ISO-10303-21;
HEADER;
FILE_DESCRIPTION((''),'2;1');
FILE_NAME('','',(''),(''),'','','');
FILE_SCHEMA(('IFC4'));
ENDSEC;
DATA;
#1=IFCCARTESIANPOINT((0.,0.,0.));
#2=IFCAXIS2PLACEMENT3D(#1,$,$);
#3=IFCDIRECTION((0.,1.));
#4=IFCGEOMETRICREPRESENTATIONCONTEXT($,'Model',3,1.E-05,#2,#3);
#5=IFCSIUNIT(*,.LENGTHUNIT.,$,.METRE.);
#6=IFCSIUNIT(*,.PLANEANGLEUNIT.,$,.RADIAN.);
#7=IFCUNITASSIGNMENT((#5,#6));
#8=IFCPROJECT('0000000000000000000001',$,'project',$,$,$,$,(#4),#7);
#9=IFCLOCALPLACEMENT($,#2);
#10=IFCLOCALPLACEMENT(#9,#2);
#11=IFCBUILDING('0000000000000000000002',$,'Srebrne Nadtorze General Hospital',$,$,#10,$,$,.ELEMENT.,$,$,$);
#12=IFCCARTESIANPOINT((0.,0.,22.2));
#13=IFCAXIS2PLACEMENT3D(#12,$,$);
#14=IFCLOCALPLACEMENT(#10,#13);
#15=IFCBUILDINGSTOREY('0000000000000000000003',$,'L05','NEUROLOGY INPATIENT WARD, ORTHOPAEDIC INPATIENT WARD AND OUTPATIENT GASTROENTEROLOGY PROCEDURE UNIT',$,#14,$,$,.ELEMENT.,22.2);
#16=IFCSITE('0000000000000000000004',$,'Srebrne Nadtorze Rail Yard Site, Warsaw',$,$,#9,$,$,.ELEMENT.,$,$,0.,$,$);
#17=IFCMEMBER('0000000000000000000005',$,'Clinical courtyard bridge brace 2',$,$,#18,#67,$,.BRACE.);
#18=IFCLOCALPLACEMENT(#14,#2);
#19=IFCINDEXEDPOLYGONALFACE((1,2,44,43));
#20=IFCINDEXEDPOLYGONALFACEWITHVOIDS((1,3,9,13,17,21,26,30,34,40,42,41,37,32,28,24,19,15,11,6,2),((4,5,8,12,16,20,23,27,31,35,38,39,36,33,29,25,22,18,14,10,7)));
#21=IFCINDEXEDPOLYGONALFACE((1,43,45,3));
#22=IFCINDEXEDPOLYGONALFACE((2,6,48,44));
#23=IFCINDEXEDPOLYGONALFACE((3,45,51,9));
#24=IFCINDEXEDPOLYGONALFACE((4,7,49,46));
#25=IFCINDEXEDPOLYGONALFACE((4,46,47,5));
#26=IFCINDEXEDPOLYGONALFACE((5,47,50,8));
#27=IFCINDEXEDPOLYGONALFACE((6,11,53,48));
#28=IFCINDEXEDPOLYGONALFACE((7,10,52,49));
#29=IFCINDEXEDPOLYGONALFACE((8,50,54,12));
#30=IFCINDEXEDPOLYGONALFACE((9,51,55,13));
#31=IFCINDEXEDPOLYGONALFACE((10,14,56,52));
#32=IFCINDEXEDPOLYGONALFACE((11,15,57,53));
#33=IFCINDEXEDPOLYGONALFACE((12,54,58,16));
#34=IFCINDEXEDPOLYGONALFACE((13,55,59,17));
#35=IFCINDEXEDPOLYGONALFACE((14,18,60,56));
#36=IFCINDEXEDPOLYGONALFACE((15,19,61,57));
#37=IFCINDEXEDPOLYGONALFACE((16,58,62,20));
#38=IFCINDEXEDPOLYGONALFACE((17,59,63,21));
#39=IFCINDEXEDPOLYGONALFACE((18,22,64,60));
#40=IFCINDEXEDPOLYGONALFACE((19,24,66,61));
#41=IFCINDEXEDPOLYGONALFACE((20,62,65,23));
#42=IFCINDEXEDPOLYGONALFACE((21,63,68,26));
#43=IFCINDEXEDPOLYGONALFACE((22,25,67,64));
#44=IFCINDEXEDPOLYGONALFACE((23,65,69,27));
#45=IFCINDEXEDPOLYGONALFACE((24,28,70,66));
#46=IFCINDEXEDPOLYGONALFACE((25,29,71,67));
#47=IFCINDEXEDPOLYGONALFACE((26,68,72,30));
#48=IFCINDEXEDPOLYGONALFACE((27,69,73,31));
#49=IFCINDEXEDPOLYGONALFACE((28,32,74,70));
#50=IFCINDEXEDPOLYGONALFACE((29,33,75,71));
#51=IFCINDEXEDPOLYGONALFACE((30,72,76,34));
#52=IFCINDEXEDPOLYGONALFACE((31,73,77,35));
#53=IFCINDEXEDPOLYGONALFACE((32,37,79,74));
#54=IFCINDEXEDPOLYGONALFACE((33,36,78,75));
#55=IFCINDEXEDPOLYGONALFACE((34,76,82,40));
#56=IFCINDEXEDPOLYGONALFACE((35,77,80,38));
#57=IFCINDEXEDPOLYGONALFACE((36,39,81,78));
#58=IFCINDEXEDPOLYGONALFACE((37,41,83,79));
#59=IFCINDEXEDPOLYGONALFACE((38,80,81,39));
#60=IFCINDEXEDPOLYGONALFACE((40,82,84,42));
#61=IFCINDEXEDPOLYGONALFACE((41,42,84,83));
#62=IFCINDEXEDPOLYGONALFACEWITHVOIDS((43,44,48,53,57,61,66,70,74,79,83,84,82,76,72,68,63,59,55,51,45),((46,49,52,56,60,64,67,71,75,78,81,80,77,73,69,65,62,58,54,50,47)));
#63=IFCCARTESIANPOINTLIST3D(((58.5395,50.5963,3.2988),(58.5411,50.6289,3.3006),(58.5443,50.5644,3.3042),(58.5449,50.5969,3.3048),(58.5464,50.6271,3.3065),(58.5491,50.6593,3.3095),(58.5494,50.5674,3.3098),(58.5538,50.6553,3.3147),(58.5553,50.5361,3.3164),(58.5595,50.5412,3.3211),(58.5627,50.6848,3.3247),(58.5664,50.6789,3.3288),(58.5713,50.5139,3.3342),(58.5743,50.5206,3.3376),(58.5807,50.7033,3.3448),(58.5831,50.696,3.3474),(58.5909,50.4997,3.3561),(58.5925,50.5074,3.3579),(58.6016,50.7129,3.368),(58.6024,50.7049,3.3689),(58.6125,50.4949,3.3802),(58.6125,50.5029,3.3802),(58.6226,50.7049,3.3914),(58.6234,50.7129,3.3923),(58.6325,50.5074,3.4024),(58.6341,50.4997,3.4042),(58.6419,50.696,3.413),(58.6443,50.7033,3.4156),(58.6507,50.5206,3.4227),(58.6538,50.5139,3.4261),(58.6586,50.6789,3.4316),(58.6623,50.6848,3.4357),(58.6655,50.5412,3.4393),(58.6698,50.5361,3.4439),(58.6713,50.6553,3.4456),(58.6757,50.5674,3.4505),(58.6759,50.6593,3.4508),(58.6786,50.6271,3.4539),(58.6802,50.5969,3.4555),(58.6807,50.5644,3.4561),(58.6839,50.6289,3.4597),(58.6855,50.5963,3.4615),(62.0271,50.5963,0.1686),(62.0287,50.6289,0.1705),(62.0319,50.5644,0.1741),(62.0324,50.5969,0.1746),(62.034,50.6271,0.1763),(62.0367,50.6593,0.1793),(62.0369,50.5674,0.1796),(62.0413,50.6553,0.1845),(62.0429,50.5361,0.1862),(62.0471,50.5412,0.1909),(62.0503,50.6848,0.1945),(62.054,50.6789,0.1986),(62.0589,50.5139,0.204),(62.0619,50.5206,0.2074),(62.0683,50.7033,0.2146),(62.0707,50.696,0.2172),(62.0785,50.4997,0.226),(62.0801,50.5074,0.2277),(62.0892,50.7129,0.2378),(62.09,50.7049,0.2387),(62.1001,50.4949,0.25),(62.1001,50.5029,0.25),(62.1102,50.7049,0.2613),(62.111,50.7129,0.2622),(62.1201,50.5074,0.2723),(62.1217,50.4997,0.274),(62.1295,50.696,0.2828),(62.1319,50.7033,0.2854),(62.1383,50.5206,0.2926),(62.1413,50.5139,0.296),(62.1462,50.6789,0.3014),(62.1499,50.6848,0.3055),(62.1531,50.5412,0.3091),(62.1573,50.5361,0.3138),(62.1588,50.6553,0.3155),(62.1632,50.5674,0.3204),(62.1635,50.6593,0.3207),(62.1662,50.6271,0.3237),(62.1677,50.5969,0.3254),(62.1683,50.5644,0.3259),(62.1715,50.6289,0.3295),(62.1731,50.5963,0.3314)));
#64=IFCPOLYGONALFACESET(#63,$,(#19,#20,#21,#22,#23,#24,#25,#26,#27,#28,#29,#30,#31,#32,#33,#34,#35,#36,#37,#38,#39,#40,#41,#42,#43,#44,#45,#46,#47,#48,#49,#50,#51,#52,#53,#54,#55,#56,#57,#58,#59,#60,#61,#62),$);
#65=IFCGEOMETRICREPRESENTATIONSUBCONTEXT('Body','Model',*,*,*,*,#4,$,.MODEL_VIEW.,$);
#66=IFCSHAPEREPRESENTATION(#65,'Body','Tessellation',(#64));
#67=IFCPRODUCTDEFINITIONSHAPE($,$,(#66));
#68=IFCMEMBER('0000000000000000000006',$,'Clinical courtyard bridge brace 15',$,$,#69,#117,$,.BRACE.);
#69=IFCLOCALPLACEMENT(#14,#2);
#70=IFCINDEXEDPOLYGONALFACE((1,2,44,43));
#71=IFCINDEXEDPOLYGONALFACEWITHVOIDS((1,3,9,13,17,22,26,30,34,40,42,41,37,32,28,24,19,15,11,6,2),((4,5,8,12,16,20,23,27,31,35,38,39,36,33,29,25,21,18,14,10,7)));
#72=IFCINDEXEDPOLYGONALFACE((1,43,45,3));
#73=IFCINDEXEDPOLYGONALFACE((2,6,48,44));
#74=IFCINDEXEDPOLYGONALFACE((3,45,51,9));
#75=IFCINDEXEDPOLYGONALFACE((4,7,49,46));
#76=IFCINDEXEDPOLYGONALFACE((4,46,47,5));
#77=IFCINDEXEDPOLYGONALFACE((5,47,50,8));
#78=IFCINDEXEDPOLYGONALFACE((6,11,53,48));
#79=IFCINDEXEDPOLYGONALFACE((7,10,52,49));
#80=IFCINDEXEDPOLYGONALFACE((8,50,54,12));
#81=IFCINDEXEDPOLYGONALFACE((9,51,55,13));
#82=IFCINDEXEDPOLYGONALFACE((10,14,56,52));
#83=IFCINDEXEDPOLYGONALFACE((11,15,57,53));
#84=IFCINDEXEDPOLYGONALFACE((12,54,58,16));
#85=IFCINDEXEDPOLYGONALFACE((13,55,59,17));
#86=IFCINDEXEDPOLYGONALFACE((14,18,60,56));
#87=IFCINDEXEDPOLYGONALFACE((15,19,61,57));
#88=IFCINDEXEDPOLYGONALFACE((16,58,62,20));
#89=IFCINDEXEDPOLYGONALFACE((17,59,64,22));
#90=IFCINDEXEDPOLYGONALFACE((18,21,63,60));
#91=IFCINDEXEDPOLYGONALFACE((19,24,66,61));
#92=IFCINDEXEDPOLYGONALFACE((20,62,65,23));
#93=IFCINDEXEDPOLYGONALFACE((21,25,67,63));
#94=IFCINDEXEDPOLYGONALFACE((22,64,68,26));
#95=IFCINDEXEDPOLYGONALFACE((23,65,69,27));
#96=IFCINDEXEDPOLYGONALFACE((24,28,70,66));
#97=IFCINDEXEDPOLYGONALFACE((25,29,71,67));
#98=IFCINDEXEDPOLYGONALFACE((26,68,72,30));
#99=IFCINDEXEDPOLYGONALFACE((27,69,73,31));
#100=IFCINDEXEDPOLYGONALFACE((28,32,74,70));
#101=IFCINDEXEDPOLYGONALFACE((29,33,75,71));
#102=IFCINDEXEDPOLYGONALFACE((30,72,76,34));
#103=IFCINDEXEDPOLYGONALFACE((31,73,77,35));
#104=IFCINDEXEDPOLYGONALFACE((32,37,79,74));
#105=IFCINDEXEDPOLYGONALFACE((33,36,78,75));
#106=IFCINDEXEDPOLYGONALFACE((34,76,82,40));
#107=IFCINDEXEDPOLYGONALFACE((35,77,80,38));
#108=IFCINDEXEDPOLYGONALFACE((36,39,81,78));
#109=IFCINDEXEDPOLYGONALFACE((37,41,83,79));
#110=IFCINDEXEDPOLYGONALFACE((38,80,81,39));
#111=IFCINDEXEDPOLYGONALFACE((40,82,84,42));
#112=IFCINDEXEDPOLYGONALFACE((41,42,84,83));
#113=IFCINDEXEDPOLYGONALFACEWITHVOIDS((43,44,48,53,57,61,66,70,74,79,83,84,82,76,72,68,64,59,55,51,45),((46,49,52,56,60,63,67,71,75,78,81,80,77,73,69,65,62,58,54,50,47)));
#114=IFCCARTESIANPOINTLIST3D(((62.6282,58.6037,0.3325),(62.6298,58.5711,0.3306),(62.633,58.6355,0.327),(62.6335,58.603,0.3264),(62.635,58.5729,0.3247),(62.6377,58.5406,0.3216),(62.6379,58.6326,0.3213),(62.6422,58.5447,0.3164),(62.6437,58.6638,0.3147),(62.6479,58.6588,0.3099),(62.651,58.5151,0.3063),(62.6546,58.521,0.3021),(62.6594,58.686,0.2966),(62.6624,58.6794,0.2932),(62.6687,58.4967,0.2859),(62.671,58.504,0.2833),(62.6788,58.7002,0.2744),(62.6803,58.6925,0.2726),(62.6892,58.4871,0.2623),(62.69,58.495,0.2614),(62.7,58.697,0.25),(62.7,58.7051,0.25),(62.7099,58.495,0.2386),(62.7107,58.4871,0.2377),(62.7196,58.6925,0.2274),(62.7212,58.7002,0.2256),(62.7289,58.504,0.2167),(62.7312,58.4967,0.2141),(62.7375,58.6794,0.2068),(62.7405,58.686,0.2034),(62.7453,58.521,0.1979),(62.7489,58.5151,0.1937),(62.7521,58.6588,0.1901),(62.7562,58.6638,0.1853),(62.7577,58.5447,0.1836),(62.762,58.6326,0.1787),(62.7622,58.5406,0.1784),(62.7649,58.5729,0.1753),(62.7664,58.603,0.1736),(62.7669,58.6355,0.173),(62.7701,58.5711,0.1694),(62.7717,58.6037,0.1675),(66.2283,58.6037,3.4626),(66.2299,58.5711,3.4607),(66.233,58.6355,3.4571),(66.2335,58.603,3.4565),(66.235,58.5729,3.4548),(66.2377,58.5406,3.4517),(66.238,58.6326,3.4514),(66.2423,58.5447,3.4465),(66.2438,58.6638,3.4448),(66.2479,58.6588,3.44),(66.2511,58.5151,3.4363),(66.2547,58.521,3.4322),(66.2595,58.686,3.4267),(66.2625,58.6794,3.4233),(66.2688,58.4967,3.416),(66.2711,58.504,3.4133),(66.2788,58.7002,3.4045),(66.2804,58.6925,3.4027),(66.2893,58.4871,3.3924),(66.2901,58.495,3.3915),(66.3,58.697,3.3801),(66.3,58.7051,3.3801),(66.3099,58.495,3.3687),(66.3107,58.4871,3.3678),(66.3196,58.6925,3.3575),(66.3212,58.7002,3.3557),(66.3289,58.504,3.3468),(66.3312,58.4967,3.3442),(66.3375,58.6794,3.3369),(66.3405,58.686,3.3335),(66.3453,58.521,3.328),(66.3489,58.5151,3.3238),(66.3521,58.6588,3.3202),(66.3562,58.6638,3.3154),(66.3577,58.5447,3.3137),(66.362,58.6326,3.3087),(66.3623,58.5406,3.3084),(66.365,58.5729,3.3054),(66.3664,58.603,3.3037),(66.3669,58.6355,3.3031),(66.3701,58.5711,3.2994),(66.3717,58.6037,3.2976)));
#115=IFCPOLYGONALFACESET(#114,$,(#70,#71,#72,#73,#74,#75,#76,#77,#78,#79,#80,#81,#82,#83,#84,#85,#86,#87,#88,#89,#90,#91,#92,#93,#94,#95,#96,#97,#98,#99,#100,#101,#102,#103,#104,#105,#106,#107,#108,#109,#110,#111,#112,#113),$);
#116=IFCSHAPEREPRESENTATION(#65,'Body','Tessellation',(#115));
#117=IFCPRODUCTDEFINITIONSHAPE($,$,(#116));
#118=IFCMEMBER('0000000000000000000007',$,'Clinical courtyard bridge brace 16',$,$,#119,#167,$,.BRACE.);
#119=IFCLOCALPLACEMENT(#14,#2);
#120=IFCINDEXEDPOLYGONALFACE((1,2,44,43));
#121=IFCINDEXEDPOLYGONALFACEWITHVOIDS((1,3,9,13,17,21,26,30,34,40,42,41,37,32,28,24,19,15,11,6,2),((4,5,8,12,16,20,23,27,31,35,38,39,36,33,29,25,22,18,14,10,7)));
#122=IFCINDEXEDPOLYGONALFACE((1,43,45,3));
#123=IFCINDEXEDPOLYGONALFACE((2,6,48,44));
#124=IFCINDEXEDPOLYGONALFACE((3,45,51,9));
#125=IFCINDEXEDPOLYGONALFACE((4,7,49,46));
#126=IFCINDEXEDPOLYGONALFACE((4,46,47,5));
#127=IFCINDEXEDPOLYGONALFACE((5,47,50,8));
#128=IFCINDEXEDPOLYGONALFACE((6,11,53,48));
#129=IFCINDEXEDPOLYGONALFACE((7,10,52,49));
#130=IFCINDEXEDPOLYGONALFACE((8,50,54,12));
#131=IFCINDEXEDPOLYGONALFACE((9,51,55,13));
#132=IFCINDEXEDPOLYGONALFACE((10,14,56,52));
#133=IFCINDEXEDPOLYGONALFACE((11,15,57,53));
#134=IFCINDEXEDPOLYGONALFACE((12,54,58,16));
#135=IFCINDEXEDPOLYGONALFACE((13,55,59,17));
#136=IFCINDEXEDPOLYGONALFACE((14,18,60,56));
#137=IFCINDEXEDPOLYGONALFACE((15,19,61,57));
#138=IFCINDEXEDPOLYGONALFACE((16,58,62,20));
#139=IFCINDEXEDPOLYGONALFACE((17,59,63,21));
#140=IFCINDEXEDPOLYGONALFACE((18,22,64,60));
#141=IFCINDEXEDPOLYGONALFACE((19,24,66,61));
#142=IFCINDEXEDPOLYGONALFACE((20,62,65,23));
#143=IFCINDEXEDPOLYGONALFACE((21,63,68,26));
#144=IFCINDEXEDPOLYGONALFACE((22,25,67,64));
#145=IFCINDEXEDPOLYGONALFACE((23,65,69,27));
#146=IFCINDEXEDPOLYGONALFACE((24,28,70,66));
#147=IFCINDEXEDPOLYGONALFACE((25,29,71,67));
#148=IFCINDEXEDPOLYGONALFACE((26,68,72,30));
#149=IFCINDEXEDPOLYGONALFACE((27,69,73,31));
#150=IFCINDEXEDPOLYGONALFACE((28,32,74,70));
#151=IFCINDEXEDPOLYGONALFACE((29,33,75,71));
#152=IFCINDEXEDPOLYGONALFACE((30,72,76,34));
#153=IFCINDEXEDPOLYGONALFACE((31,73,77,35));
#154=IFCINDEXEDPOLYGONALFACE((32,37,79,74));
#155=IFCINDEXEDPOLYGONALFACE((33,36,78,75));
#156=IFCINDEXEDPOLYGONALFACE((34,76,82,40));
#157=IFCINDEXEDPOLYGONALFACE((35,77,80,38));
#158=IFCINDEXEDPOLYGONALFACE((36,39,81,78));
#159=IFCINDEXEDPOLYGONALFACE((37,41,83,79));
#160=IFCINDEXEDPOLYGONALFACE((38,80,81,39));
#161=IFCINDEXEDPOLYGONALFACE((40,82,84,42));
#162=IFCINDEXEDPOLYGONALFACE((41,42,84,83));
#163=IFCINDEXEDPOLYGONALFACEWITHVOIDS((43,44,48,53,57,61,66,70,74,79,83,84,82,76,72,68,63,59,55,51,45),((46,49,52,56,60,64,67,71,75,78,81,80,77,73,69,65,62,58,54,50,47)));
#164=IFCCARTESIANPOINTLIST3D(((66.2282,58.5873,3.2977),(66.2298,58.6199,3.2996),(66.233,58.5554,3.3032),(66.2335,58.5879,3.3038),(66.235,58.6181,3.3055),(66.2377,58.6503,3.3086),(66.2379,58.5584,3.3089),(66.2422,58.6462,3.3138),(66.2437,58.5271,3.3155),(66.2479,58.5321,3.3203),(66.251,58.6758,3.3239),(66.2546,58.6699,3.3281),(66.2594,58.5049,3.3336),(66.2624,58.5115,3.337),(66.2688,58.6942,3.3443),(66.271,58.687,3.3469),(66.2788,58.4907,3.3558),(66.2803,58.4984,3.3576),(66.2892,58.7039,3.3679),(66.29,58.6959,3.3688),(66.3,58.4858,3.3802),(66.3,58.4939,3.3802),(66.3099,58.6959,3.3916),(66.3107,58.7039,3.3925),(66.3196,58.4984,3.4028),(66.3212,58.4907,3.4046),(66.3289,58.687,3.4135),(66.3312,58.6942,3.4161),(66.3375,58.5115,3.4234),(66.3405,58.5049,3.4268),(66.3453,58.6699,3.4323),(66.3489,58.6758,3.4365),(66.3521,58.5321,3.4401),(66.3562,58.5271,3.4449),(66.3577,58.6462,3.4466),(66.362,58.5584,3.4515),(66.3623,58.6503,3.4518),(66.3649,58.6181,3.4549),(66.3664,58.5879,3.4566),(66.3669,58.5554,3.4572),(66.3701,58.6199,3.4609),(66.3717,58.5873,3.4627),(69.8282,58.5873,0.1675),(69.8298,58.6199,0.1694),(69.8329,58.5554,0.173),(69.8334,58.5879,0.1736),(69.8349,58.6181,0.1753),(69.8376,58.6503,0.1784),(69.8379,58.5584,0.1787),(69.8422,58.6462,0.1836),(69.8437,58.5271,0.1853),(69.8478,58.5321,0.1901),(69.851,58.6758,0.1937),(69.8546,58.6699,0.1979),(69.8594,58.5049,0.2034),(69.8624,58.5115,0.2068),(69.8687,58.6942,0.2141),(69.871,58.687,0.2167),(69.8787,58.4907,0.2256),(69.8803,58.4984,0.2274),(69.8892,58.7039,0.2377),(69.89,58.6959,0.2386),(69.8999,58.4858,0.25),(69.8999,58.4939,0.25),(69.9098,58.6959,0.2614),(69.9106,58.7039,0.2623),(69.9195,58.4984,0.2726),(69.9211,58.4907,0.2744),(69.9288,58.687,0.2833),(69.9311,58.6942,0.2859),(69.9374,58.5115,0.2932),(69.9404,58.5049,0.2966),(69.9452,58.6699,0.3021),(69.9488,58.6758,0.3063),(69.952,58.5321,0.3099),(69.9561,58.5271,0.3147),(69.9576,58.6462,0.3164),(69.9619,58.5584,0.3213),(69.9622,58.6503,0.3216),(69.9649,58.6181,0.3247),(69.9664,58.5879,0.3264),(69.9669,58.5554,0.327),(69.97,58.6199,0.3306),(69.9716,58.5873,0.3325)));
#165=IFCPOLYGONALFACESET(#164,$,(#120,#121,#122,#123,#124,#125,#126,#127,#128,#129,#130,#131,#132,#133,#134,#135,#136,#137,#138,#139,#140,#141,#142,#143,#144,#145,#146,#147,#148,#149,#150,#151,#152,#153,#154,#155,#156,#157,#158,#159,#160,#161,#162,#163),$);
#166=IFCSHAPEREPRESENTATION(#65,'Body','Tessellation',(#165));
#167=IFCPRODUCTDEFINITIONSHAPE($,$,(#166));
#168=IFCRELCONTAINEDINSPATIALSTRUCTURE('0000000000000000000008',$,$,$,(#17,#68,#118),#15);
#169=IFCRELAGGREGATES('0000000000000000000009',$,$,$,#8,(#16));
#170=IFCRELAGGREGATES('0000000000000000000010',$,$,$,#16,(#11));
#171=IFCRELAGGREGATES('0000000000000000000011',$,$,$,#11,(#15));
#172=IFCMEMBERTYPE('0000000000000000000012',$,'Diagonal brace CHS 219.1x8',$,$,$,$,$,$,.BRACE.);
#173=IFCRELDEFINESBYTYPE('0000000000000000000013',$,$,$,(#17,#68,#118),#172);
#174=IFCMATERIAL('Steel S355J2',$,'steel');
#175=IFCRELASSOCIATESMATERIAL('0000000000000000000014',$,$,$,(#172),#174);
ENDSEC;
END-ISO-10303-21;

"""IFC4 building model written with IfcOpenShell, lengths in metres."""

from ifc_helpers import new_model, si_unit, direction, frame, origin, origin_2d, place, context, subcontext, project, spatial, hollow_circle, extrude, material, material_profile, profile_set, type_object, element, save


model = new_model("IFC4")

# Units and contexts
model_context = context("Model", 3, precision=1e-05, world=origin(), true_north=direction((0.0, 1.0)))
body_context = subcontext(model_context, "Body", "Model", "MODEL_VIEW")
ifc_project = project(units=[si_unit("LENGTHUNIT", "METRE"), si_unit("PLANEANGLEUNIT", "RADIAN")], contexts=[model_context])

# Site, building, storey
site_placement = place(None, origin())
site = spatial("IfcSite", under=ifc_project, at=site_placement, Name="Srebrne Nadtorze Rail Yard Site, Warsaw", CompositionType="ELEMENT", RefElevation=0.0)
building_placement = place(site_placement, origin())
building = spatial("IfcBuilding", under=site, at=building_placement, Name="Srebrne Nadtorze General Hospital", CompositionType="ELEMENT")
storey_placement = place(building_placement, frame((0.0, 0.0, 22.2)))
storey = spatial("IfcBuildingStorey", under=building, at=storey_placement, Name="L05", Description="NEUROLOGY INPATIENT WARD, ORTHOPAEDIC INPATIENT WARD AND OUTPATIENT GASTROENTEROLOGY PROCEDURE UNIT", CompositionType="ELEMENT", Elevation=22.2)

# Members
ifc_material_1 = material(Name="Steel S355J2", Category="steel")
ifc_material_profile_1 = material_profile(ifc_material_1, hollow_circle(Radius=0.1096, WallThickness=0.0081, at=origin_2d()), Name="CHS-219.1x8")
ifc_profile_set_1 = profile_set([ifc_material_profile_1], Name="Steel S355J2")
member_type_1 = type_object("IfcMemberType", Name="Diagonal brace CHS 219.1x8", PredefinedType="BRACE", material=ifc_profile_set_1)
member_1_placement = place(storey_placement, frame((62.1001, 50.6045, 0.25), z_axis=(-0.744213, 0.0, 0.667942), x_axis=(0.0, -1.0, 0.0)))
element("IfcMember", 1, at=member_1_placement, inside=storey, type_object=member_type_1, Name="Clinical courtyard bridge brace 2", PredefinedType="BRACE", context=body_context, shape_type="SweptSolid", body=[
    extrude(hollow_circle(Radius=0.1096, WallThickness=0.0081, at=origin_2d()), origin(), (0.0, 0.0, 1.0), 4.6863),
])
for number, where, z_axis, x_axis, name in (
    (2, (62.7, 58.5955, 0.25), (0.754646, 0.0, 0.656132), (0.0, 1.0, 0.0), "Clinical courtyard bridge brace 15"),
    (3, (69.8999, 58.5955, 0.25), (-0.754624, 0.0, 0.656157), (0.0, -1.0, 0.0), "Clinical courtyard bridge brace 16"),
):
    element("IfcMember", number, at=place(storey_placement, frame(where, z_axis=z_axis, x_axis=x_axis)), inside=storey, type_object=member_type_1, Name=name, PredefinedType="BRACE", context=body_context, shape_type="SweptSolid", body=[
        extrude(hollow_circle(Radius=0.1096, WallThickness=0.0081, at=origin_2d()), origin(), (0.0, 0.0, 1.0), 4.7705),
    ])

save(model, "model.ifc")
